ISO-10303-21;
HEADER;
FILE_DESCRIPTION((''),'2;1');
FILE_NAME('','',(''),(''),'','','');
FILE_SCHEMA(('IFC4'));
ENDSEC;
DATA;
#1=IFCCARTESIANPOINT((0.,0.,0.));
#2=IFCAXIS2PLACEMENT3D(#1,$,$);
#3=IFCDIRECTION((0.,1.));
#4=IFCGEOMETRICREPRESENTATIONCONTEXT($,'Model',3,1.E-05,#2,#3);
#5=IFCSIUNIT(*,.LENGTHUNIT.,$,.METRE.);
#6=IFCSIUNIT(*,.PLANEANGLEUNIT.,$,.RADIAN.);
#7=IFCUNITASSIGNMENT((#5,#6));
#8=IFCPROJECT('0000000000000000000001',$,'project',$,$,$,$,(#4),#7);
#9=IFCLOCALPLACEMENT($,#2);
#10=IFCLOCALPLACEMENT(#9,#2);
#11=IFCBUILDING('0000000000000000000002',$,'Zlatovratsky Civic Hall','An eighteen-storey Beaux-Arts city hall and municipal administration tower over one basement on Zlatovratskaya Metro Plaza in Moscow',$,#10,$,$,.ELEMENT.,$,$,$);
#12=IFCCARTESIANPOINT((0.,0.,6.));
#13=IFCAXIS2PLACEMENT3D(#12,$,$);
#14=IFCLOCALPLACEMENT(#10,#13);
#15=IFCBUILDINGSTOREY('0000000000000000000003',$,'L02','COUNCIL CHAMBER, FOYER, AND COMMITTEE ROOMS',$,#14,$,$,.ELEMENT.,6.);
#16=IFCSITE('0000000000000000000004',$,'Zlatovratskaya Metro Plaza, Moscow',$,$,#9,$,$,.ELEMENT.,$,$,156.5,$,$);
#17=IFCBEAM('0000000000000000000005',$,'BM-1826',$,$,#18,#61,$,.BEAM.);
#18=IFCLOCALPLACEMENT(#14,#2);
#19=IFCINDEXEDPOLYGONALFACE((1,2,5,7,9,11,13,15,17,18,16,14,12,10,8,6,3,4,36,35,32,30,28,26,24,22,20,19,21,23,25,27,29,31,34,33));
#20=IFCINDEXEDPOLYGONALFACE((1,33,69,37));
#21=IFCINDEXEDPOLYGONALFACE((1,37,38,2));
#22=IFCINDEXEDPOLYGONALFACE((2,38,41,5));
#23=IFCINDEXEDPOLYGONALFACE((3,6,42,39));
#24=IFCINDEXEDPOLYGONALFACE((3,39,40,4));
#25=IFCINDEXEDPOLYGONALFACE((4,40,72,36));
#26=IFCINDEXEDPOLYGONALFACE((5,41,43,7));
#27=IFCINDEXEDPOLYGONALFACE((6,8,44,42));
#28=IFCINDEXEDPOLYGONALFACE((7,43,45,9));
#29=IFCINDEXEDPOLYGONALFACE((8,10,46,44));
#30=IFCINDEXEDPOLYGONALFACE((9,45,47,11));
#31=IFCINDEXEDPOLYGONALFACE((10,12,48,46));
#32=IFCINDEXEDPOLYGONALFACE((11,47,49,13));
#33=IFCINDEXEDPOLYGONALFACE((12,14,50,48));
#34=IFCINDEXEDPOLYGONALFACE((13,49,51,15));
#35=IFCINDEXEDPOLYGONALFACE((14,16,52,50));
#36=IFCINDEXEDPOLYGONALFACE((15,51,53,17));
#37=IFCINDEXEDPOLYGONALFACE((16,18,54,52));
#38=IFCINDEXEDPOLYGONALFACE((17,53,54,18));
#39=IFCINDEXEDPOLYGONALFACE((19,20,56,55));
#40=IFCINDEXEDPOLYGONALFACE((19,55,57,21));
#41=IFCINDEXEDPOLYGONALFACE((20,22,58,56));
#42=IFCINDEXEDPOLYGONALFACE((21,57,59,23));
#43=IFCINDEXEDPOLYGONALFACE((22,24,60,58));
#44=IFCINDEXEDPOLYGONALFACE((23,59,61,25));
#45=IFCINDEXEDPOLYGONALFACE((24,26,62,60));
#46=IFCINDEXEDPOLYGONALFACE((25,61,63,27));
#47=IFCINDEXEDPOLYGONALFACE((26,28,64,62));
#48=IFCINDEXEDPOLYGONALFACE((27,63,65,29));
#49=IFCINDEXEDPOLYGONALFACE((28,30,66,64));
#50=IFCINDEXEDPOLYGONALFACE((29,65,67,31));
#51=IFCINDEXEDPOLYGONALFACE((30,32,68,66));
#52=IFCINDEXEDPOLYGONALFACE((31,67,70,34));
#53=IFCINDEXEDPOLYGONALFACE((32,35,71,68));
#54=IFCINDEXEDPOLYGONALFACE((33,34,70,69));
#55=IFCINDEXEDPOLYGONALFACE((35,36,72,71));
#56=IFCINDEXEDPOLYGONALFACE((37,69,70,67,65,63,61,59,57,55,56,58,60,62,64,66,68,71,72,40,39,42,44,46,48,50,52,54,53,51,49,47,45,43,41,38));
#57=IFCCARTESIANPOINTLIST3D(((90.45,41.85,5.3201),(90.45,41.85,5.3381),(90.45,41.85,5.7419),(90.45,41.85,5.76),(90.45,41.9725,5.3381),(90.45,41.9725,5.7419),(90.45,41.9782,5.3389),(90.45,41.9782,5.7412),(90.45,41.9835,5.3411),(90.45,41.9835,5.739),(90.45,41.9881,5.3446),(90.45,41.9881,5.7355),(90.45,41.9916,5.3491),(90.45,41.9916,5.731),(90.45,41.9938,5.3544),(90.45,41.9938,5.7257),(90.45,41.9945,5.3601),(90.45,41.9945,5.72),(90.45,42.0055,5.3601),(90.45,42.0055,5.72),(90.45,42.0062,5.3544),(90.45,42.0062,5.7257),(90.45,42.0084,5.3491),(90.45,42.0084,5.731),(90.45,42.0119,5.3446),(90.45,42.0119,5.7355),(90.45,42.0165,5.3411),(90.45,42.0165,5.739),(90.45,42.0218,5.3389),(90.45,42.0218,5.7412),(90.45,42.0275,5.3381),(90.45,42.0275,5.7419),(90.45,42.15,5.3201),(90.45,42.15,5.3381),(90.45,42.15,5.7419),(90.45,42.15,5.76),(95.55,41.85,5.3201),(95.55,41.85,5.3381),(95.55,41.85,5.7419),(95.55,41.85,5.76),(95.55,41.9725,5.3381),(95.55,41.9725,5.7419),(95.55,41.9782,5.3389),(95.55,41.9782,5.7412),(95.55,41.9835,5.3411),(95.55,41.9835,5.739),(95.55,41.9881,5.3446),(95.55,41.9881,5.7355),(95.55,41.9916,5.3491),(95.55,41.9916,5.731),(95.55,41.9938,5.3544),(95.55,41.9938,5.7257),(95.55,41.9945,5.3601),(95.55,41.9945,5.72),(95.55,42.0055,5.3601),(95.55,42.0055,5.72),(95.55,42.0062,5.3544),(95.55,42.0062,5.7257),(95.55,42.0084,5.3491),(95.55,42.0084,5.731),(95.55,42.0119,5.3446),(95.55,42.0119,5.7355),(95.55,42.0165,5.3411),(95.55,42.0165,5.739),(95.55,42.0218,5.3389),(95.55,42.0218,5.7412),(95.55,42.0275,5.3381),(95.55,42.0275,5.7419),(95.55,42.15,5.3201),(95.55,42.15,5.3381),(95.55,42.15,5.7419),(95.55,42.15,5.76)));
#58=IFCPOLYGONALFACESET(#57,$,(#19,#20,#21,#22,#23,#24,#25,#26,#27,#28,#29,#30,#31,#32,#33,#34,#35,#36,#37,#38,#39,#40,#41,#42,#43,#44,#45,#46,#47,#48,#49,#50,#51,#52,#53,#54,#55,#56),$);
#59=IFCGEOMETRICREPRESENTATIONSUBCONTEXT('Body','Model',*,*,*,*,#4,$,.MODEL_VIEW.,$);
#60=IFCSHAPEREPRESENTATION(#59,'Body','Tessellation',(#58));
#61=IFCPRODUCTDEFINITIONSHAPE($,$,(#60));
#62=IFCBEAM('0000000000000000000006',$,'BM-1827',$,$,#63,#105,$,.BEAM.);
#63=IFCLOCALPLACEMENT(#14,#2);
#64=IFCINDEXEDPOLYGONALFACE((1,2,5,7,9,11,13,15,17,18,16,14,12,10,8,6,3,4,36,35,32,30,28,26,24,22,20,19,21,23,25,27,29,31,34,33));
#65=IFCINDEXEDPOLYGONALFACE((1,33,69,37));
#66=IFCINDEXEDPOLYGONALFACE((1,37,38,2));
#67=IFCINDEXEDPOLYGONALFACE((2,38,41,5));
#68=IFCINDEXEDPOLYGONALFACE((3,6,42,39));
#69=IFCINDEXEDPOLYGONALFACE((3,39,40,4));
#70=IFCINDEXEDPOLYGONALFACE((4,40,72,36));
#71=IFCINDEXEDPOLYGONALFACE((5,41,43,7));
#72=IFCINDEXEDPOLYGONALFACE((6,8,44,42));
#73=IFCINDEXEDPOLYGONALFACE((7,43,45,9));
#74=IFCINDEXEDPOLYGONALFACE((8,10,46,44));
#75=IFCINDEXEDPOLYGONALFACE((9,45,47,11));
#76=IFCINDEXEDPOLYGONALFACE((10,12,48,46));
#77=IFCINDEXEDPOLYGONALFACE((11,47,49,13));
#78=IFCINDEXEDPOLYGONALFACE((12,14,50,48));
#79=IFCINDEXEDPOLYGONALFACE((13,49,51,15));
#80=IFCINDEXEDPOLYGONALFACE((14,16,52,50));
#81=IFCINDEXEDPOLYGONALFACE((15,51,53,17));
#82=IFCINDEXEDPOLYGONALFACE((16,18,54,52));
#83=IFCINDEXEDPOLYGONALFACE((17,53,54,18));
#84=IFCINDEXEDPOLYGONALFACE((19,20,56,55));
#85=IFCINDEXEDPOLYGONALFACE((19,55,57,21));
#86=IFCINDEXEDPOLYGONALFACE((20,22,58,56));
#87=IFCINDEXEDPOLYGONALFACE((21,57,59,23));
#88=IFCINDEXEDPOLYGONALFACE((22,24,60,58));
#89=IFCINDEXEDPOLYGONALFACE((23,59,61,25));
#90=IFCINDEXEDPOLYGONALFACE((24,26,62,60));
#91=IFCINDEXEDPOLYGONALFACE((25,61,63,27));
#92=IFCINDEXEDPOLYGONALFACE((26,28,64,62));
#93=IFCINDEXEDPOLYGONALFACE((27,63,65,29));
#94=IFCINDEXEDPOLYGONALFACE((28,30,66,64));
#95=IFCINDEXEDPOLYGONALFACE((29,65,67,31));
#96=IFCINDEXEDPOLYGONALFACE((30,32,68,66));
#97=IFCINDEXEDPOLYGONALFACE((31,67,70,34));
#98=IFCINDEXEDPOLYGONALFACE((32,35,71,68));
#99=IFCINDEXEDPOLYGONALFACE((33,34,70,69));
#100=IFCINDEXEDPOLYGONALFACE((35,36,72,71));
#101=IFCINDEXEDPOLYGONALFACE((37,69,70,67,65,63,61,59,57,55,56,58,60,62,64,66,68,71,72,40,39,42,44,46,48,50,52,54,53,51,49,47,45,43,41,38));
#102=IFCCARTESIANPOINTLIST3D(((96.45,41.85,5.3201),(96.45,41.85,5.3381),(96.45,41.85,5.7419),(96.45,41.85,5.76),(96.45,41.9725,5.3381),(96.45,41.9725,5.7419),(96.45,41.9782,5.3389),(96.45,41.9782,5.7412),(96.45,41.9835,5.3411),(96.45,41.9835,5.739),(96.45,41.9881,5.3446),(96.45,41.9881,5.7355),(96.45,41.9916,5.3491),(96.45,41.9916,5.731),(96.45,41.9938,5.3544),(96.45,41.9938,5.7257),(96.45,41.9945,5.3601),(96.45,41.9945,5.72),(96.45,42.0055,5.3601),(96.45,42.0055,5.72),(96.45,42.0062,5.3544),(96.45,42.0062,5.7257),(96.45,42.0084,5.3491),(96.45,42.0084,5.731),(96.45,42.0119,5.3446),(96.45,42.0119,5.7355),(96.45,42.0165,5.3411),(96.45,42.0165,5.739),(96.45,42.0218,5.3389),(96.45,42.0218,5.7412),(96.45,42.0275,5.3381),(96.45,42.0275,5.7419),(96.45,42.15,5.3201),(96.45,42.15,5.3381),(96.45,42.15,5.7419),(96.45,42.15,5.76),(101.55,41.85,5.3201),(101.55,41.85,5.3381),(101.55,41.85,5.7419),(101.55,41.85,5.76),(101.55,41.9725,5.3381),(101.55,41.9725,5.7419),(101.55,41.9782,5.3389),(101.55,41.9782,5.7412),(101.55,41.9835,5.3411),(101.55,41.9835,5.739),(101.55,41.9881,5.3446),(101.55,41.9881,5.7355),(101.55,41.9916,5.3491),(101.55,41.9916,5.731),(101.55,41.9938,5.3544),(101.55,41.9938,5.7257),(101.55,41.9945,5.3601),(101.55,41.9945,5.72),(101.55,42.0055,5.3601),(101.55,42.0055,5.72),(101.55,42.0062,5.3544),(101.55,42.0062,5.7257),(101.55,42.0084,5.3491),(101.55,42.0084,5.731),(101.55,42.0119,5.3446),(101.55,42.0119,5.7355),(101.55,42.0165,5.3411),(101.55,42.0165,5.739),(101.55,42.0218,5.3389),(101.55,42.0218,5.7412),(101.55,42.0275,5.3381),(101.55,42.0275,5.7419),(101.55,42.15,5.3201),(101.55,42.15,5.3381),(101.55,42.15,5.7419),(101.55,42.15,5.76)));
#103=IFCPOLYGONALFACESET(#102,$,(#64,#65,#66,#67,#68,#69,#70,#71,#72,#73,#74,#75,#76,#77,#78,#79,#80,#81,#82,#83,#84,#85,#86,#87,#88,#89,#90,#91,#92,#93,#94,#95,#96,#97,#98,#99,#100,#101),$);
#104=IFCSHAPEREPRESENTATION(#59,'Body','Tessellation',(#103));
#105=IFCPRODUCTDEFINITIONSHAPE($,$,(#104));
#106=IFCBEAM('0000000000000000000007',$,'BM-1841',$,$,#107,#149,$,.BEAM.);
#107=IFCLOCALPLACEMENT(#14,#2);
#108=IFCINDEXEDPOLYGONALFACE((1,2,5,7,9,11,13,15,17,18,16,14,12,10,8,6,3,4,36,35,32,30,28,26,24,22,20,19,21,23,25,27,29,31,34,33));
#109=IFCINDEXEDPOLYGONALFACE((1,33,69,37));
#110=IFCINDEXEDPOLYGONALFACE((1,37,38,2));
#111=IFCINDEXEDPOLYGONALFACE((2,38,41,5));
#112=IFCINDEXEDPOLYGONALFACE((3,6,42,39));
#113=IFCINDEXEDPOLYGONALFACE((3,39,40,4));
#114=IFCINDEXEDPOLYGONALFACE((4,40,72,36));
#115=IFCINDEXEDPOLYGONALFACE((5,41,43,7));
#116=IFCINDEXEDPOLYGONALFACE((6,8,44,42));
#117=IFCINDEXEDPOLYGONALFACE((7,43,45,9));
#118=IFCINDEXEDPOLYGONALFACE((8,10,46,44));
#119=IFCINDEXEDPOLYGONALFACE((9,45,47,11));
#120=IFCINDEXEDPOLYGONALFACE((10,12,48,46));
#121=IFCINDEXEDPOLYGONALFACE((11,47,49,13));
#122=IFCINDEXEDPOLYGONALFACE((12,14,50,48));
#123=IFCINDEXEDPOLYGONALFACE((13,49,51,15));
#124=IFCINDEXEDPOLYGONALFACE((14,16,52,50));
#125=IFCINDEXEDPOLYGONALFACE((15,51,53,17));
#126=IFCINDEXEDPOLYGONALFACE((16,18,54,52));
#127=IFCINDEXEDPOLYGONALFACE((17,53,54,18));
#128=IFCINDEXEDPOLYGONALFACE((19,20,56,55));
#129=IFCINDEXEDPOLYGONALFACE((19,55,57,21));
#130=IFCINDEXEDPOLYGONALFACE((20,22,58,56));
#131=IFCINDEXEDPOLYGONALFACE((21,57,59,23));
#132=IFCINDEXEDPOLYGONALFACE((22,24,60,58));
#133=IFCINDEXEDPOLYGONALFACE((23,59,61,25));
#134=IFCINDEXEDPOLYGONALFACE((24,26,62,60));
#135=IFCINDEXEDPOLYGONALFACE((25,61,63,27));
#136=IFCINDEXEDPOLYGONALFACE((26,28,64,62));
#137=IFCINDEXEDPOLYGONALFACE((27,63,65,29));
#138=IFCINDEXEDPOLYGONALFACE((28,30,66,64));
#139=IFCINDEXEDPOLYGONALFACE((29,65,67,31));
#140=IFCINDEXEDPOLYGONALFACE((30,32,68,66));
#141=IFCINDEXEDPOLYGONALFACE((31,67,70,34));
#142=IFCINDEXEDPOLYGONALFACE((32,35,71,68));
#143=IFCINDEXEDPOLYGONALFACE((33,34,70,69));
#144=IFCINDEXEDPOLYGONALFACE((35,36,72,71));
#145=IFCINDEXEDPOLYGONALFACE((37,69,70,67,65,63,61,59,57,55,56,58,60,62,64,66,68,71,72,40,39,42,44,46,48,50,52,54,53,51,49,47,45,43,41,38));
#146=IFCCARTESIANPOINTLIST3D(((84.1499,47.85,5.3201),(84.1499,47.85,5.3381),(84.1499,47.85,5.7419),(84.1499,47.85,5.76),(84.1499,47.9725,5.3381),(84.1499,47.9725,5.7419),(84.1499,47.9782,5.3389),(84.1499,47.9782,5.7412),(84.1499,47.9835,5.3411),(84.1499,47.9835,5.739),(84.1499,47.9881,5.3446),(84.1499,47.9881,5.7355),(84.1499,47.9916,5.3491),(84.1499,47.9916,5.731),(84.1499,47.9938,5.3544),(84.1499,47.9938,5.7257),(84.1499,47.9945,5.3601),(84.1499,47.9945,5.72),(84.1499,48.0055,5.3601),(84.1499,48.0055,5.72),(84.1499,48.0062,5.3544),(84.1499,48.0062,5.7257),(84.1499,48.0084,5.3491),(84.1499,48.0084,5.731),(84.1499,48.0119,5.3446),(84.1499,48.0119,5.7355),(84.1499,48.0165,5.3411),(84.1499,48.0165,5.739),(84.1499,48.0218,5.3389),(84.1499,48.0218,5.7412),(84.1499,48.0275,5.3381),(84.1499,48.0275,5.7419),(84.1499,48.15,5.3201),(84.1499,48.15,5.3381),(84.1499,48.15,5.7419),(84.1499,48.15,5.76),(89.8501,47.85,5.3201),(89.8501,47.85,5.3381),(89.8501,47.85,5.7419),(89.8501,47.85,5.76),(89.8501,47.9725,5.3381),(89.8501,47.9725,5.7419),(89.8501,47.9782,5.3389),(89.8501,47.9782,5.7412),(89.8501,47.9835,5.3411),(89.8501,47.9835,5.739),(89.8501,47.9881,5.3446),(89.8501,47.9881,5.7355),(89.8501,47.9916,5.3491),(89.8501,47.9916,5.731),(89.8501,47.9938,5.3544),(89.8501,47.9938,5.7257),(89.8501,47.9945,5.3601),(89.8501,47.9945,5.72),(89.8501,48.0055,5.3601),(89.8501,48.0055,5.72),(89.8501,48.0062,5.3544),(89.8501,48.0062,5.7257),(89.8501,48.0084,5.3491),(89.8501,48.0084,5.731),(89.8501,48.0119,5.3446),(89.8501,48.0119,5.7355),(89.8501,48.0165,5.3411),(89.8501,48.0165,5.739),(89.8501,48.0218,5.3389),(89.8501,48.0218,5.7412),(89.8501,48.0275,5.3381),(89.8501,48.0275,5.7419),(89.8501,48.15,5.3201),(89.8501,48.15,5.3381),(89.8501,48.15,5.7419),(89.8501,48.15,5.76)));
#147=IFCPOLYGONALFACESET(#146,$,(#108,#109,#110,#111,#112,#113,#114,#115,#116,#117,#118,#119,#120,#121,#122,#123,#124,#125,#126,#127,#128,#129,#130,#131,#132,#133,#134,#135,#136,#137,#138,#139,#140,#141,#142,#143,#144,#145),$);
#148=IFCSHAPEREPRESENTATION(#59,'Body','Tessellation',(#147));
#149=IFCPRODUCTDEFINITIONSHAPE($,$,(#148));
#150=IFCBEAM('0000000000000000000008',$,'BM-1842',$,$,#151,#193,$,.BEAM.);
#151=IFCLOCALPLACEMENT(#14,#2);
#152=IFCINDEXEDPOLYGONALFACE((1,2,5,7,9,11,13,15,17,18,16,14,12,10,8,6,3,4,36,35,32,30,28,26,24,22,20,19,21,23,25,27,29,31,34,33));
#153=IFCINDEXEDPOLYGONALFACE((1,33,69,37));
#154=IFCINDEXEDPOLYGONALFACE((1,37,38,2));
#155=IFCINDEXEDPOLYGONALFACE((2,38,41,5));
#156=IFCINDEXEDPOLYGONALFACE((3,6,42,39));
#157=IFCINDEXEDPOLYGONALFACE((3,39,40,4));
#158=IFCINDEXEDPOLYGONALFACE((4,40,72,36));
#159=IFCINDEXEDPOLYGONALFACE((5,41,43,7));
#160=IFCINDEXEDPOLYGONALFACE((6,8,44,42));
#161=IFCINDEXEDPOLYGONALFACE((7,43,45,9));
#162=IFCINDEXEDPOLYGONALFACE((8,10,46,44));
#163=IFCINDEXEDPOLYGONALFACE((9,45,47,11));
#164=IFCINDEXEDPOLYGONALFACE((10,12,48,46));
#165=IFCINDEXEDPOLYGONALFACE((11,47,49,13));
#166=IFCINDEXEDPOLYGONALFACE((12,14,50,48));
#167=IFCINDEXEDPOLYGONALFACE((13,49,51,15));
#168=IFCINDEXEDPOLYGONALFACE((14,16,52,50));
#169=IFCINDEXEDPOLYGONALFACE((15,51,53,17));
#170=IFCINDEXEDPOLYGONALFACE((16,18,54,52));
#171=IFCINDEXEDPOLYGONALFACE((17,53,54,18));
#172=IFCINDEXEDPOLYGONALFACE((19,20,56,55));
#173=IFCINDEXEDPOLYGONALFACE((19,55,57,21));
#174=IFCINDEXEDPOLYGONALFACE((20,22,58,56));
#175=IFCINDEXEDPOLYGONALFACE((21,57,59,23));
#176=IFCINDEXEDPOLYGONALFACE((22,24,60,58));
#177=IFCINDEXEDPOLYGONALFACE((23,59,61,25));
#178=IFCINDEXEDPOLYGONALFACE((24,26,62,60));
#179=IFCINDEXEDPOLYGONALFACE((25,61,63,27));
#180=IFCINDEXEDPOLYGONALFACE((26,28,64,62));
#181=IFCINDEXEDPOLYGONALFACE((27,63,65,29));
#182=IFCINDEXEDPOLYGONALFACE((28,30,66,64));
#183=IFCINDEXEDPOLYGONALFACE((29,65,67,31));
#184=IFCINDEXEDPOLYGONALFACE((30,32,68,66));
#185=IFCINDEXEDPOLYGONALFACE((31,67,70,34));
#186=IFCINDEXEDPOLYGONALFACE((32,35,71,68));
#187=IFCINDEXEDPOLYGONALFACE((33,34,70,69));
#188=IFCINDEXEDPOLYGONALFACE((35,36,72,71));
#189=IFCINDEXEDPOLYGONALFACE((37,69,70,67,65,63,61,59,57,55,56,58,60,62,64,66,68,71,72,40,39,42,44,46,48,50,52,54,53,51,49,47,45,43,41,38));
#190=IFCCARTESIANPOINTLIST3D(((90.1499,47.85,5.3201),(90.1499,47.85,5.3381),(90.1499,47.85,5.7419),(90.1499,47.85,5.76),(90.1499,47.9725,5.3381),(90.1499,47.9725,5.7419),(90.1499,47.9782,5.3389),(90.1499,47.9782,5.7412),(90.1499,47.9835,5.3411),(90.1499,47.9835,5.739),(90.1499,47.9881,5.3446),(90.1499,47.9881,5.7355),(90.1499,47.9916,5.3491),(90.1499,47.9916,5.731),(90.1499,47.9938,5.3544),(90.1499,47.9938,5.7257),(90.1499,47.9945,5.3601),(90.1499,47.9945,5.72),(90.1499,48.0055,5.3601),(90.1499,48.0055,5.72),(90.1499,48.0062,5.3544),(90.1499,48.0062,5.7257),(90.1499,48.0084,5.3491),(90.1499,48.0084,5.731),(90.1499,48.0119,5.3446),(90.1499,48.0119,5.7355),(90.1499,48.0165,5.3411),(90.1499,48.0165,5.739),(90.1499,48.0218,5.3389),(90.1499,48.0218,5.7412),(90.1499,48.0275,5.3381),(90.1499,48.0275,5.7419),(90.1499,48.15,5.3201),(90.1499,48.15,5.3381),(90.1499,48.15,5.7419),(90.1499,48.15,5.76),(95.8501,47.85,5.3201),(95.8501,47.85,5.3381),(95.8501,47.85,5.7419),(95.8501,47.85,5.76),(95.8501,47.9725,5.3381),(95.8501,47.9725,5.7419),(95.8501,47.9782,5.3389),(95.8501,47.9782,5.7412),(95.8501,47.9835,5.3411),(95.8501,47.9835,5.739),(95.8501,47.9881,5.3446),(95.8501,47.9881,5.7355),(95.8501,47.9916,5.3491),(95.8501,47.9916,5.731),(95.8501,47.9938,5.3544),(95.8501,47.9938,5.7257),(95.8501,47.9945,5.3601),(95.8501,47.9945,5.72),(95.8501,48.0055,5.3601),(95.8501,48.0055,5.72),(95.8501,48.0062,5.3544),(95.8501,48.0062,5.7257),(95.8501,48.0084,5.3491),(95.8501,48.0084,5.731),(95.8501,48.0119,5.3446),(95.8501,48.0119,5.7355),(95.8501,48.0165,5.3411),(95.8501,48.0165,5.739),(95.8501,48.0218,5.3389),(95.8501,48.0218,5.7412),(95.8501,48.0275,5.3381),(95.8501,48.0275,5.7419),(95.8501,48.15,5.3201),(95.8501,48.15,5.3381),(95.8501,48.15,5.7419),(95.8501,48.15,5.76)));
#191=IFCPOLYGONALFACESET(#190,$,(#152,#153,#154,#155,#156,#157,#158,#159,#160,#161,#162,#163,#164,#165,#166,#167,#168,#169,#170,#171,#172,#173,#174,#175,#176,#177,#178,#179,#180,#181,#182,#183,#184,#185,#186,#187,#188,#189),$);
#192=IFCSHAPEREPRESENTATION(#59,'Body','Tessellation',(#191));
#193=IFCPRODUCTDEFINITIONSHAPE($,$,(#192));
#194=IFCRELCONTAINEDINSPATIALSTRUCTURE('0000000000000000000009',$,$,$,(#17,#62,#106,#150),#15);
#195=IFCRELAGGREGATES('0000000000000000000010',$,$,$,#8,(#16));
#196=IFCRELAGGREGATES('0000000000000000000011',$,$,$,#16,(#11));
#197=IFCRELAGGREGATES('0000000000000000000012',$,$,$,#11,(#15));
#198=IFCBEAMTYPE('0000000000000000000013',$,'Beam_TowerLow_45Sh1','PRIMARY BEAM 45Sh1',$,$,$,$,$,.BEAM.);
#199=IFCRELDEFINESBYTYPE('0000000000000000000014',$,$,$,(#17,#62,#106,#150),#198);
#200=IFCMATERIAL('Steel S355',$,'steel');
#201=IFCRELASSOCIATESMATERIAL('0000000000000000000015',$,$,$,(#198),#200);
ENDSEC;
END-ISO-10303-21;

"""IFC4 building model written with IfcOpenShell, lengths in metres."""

from ifc_helpers import new_model, si_unit, direction, frame, origin, origin_2d, place, context, subcontext, project, spatial, i_section, extrude, material, material_profile, profile_set, type_object, element, save


model = new_model("IFC4")

# Units and contexts
model_context = context("Model", 3, precision=1e-05, world=origin(), true_north=direction((0.0, 1.0)))
body_context = subcontext(model_context, "Body", "Model", "MODEL_VIEW")
ifc_project = project(units=[si_unit("LENGTHUNIT", "METRE"), si_unit("PLANEANGLEUNIT", "RADIAN")], contexts=[model_context])

# Site, building, storey
site_placement = place(None, origin())
site = spatial("IfcSite", under=ifc_project, at=site_placement, Name="Zlatovratskaya Metro Plaza, Moscow", CompositionType="ELEMENT", RefElevation=156.5)
building_placement = place(site_placement, origin())
building = spatial("IfcBuilding", under=site, at=building_placement, Name="Zlatovratsky Civic Hall", Description="An eighteen-storey Beaux-Arts city hall and municipal administration tower over one basement on Zlatovratskaya Metro Plaza in Moscow", CompositionType="ELEMENT")
storey_placement = place(building_placement, frame((0.0, 0.0, 6.0)))
storey = spatial("IfcBuildingStorey", under=building, at=storey_placement, Name="L02", Description="COUNCIL CHAMBER, FOYER, AND COMMITTEE ROOMS", CompositionType="ELEMENT", Elevation=6.0)

# Shared definitions
ifc_material_1 = material(Name="Steel S355", Category="steel")

# Beams
ifc_material_profile_1 = material_profile(ifc_material_1, i_section(OverallWidth=0.3, OverallDepth=0.4399, WebThickness=0.011, FlangeThickness=0.0181, FilletRadius=0.022, at=origin_2d()), Name="45Sh1")
ifc_profile_set_1 = profile_set([ifc_material_profile_1], Name="Steel S355")
beam_type = type_object("IfcBeamType", Name="Beam_TowerLow_45Sh1", Description="PRIMARY BEAM 45Sh1", PredefinedType="BEAM", material=ifc_profile_set_1)
for number, where, z_axis, x_axis, name in (
    (1, (90.45, 42.0, 5.54), (1.0, 0.0, 0.0), (0.0, 1.0, 0.0), "BM-1826"),
    (2, (96.45, 42.0, 5.54), (1.0, 0.0, 0.0), (0.0, 1.0, 0.0), "BM-1827"),
):
    element("IfcBeam", number, at=place(storey_placement, frame(where, z_axis=z_axis, x_axis=x_axis)), inside=storey, type_object=beam_type, Name=name, PredefinedType="BEAM", context=body_context, shape_type="SweptSolid", body=[
        extrude(i_section(OverallWidth=0.3, OverallDepth=0.4399, WebThickness=0.011, FlangeThickness=0.0181, FilletRadius=0.022, at=origin_2d()), origin(), (0.0, 0.0, 1.0), 5.1001),
    ])
for number, where, z_axis, x_axis, name in (
    (3, (84.1499, 48.0, 5.54), (1.0, 0.0, 0.0), (0.0, 1.0, 0.0), "BM-1841"),
    (4, (90.1499, 48.0, 5.54), (1.0, 0.0, 0.0), (0.0, 1.0, 0.0), "BM-1842"),
):
    element("IfcBeam", number, at=place(storey_placement, frame(where, z_axis=z_axis, x_axis=x_axis)), inside=storey, type_object=beam_type, Name=name, PredefinedType="BEAM", context=body_context, shape_type="SweptSolid", body=[
        extrude(i_section(OverallWidth=0.3, OverallDepth=0.4399, WebThickness=0.011, FlangeThickness=0.0181, FilletRadius=0.022, at=origin_2d()), origin(), (0.0, 0.0, 1.0), 5.7002),
    ])

save(model, "model.ifc")
